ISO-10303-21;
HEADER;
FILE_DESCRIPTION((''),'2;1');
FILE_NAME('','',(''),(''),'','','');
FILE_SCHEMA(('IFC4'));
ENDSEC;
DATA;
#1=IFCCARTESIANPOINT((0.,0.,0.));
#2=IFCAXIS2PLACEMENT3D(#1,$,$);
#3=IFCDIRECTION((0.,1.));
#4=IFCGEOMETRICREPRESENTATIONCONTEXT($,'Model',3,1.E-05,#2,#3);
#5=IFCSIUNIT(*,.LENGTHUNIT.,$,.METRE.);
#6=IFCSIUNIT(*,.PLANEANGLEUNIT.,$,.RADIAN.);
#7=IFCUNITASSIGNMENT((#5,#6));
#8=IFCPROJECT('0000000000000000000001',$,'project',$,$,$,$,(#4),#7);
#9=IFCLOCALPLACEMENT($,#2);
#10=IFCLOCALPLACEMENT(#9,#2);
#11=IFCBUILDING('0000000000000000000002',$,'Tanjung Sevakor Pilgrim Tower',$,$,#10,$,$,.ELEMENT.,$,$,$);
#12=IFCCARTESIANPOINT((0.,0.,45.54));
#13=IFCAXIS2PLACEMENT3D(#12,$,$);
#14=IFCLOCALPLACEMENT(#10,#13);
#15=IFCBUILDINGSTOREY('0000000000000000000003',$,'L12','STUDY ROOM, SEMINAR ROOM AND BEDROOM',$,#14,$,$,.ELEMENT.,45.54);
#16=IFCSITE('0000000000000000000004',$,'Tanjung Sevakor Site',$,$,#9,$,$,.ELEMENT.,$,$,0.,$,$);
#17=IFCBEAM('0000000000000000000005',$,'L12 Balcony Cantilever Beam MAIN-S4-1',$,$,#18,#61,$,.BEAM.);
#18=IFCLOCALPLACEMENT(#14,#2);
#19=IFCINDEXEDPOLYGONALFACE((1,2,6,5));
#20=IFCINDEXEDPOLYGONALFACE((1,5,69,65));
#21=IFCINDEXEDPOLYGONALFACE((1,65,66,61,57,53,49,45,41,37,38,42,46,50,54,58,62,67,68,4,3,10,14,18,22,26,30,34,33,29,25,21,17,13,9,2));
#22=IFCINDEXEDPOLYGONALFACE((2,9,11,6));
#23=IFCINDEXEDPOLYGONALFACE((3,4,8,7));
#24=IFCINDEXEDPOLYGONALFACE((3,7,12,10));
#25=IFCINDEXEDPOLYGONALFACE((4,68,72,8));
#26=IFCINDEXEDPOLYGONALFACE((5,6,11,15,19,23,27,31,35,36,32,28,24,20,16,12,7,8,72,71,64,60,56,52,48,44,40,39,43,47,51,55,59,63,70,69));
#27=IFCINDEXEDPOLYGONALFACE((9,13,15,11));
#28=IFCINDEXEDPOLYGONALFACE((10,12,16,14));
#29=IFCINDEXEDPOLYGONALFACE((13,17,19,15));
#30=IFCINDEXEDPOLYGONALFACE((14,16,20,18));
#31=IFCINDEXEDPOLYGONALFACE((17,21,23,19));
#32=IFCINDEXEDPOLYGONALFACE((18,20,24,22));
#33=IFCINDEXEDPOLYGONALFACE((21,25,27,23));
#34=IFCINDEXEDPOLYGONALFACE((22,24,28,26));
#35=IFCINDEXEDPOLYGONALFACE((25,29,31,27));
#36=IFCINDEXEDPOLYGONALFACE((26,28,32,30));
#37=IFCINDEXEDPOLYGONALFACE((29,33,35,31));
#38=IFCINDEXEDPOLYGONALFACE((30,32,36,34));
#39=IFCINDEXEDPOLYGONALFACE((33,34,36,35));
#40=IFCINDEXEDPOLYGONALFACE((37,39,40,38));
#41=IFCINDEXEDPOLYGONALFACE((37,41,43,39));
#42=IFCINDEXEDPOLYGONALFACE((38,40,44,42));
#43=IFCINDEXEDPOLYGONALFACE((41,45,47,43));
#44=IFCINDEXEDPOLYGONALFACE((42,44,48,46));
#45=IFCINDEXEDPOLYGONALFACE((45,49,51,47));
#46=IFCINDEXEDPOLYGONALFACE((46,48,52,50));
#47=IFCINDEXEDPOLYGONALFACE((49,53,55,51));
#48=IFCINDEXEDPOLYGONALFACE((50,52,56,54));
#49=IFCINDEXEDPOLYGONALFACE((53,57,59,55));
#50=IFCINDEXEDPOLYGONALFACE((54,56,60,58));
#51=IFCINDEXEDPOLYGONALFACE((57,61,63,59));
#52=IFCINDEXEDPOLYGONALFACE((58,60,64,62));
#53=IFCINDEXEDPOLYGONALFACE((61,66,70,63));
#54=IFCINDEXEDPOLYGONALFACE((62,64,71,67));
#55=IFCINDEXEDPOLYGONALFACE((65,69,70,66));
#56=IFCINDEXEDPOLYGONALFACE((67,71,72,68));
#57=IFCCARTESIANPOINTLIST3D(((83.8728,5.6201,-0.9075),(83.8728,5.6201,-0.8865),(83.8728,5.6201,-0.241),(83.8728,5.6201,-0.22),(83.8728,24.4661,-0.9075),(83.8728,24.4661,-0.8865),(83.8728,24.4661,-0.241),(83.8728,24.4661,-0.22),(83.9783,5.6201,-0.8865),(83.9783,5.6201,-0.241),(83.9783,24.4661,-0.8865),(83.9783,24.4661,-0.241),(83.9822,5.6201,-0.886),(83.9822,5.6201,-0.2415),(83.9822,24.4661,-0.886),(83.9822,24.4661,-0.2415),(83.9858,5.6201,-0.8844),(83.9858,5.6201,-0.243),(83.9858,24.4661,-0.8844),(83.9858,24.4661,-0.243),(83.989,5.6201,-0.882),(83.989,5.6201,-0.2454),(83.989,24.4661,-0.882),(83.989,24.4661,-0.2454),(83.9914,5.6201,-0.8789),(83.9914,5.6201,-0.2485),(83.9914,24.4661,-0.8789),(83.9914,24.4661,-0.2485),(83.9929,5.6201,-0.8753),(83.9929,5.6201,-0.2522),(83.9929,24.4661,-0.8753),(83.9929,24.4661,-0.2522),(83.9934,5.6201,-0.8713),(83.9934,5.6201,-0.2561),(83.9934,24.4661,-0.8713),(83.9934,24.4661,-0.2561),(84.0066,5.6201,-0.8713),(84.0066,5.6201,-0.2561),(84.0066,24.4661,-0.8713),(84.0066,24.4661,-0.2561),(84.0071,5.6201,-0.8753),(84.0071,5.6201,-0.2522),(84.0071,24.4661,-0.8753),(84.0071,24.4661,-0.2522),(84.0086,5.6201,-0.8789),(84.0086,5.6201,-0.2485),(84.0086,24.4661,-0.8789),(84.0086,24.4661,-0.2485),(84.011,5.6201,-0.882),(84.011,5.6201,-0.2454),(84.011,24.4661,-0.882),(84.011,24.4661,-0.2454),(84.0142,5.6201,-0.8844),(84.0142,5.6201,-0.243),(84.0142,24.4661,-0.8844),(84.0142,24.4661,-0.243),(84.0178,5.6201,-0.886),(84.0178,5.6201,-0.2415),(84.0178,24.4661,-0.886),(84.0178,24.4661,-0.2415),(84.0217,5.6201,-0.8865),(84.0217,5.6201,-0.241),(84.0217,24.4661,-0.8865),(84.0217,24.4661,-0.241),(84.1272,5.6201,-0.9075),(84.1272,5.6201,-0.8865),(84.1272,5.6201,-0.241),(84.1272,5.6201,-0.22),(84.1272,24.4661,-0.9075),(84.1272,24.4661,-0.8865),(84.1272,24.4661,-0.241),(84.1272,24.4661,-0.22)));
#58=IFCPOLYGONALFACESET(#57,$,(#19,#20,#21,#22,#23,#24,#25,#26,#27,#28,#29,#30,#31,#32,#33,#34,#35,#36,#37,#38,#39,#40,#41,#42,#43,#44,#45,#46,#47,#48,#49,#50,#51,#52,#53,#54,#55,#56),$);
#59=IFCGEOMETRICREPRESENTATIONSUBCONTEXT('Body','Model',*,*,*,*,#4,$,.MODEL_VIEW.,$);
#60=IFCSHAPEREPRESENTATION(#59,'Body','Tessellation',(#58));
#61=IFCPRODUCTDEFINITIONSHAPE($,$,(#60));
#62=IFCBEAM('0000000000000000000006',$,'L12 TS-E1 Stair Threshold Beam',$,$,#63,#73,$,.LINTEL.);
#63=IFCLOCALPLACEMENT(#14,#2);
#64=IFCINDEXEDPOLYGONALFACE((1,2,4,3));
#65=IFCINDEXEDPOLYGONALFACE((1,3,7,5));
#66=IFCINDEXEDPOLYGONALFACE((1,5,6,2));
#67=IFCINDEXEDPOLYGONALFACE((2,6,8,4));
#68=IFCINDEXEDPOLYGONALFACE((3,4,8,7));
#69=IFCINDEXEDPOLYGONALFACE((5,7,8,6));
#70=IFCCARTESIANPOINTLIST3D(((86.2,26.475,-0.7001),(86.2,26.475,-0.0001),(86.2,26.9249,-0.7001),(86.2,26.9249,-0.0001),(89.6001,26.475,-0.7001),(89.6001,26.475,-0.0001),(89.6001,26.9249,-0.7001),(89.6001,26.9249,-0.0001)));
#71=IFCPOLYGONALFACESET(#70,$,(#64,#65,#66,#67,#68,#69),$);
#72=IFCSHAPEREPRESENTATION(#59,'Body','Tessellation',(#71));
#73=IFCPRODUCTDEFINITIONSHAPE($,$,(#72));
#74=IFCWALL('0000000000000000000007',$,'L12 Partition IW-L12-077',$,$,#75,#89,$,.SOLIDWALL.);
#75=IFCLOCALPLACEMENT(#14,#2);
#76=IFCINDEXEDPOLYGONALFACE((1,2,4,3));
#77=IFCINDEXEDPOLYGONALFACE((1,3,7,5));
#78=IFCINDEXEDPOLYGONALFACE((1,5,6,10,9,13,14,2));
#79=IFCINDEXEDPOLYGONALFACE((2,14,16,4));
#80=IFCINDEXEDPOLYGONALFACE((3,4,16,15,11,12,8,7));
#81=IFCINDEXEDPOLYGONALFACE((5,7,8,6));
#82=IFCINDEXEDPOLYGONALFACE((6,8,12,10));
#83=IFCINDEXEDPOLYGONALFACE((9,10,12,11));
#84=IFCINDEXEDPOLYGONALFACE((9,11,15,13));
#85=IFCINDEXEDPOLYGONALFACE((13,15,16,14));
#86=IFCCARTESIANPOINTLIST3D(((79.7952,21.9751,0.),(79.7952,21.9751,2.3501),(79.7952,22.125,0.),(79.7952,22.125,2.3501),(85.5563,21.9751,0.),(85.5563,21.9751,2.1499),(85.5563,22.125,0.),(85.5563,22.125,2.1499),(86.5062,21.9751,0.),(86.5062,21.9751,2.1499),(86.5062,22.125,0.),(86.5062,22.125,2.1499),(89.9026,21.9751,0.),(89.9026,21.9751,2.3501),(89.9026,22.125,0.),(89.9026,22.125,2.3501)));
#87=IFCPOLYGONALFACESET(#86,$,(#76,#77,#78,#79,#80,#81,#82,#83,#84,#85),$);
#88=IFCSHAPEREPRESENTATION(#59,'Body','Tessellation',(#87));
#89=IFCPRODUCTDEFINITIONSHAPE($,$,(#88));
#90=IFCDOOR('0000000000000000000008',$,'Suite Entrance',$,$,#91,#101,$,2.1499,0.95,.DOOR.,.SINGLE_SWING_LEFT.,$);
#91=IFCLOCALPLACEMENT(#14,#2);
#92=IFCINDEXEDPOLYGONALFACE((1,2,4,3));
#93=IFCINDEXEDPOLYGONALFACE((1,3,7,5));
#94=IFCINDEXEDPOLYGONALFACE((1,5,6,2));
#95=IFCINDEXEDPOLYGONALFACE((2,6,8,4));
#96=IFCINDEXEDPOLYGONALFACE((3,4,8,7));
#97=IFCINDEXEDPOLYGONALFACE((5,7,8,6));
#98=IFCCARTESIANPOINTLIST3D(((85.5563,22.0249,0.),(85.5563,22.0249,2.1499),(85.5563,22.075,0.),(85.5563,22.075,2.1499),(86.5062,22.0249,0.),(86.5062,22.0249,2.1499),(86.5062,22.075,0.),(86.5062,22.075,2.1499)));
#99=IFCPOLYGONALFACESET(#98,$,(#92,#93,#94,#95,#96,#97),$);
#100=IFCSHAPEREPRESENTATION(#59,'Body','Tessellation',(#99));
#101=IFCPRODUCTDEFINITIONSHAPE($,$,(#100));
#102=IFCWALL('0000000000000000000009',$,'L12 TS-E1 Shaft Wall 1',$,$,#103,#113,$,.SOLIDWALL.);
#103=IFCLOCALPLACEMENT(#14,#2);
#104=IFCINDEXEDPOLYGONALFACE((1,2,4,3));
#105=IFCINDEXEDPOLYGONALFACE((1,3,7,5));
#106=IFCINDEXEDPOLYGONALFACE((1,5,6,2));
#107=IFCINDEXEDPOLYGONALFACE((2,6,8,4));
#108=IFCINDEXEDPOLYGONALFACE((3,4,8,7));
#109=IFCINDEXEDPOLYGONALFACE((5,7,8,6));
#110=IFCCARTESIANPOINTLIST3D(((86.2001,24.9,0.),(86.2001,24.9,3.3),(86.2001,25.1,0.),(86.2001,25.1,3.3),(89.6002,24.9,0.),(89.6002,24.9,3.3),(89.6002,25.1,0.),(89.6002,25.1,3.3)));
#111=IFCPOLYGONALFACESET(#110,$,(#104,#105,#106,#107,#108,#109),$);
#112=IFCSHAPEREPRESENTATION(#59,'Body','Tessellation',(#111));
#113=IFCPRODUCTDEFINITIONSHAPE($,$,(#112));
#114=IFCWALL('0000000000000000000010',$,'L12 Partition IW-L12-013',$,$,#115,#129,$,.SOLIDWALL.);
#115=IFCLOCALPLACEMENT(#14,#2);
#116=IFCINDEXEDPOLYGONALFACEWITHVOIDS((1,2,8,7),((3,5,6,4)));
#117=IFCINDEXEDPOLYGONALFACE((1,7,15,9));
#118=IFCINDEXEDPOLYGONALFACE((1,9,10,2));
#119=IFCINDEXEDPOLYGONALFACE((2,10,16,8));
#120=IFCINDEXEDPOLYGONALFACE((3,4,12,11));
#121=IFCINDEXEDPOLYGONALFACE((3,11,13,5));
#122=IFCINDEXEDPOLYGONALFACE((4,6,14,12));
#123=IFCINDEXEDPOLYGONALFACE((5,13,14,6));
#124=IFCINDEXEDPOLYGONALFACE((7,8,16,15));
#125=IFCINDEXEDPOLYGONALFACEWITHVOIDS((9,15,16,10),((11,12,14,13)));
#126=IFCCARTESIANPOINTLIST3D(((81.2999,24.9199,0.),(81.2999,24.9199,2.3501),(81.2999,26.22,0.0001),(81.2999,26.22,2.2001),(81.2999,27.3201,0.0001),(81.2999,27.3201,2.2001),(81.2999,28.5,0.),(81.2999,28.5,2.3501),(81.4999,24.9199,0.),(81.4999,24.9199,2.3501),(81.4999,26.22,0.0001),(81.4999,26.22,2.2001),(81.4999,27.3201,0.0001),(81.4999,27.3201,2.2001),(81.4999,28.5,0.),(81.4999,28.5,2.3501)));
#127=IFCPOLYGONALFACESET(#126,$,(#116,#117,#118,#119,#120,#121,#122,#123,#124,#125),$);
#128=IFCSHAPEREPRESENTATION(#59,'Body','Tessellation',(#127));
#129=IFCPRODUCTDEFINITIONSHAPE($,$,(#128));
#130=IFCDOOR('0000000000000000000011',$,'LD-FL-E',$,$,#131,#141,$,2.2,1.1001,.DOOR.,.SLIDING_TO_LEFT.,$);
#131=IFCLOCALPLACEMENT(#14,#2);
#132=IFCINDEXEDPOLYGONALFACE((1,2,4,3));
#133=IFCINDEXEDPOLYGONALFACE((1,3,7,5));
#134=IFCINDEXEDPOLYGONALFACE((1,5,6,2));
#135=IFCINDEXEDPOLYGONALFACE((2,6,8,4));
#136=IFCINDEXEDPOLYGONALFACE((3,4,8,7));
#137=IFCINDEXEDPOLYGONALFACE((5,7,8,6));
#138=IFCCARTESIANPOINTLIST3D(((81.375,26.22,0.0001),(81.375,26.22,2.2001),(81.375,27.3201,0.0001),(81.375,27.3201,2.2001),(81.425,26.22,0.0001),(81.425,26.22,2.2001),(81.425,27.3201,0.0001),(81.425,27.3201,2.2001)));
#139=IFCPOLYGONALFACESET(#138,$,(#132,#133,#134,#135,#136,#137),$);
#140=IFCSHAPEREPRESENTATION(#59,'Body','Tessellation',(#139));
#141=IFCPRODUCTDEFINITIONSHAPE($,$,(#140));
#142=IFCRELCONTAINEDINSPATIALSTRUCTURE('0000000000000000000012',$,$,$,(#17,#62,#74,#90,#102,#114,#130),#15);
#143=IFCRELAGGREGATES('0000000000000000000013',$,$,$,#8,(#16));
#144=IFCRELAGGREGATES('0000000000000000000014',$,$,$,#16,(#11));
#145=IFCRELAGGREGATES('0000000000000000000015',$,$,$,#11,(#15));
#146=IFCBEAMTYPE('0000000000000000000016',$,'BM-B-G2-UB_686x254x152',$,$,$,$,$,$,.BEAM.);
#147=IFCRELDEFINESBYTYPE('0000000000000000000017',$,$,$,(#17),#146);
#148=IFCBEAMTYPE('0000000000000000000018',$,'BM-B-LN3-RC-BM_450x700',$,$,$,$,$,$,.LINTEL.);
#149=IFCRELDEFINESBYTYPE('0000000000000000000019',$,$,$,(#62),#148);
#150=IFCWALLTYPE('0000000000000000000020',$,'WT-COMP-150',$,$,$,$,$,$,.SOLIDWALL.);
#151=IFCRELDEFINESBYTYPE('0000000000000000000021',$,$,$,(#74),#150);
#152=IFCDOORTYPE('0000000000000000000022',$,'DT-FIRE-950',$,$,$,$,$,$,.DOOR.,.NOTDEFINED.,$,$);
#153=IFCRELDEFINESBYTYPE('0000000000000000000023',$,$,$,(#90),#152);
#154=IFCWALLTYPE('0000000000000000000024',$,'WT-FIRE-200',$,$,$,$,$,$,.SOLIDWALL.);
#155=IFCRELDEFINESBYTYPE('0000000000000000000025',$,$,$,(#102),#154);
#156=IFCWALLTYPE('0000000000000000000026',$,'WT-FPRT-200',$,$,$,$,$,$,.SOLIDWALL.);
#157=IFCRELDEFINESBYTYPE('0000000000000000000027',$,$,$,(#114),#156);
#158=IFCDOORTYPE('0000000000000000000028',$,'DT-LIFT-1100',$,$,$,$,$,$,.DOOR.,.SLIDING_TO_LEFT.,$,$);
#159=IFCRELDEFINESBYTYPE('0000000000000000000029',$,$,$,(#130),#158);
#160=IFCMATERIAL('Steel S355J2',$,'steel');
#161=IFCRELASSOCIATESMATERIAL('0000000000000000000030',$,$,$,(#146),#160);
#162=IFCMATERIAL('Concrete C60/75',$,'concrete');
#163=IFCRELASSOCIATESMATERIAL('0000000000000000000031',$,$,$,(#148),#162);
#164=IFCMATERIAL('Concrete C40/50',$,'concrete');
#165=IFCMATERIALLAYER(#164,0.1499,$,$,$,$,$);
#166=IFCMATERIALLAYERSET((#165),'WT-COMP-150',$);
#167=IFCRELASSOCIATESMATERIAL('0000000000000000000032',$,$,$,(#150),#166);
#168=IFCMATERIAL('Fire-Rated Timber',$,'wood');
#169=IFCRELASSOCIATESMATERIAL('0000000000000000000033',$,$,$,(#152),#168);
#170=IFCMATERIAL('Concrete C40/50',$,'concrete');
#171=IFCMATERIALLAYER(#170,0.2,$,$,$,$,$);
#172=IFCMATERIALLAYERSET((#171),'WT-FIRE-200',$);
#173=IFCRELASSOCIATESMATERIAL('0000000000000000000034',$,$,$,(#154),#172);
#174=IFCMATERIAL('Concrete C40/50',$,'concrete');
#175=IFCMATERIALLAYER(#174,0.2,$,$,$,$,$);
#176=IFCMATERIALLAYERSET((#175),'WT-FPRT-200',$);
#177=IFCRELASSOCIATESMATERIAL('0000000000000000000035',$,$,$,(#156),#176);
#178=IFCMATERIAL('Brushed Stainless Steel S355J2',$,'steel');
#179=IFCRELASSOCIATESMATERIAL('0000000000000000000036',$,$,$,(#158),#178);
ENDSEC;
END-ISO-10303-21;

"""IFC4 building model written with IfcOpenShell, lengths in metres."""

from ifc_helpers import new_model, si_unit, direction, frame, frame_2d, origin, origin_2d, place, context, subcontext, project, spatial, rectangle, i_section, extrude, material, layer, layer_set, material_profile, profile_set, type_object, element, fill, save


model = new_model("IFC4")

# Units and contexts
model_context = context("Model", 3, precision=1e-05, world=origin(), true_north=direction((0.0, 1.0)))
body_context = subcontext(model_context, "Body", "Model", "MODEL_VIEW")
ifc_project = project(units=[si_unit("LENGTHUNIT", "METRE"), si_unit("PLANEANGLEUNIT", "RADIAN")], contexts=[model_context])

# Site, building, storey
site_placement = place(None, origin())
site = spatial("IfcSite", under=ifc_project, at=site_placement, Name="Tanjung Sevakor Site", CompositionType="ELEMENT", RefElevation=0.0)
building_placement = place(site_placement, origin())
building = spatial("IfcBuilding", under=site, at=building_placement, Name="Tanjung Sevakor Pilgrim Tower", CompositionType="ELEMENT")
storey_placement = place(building_placement, frame((0.0, 0.0, 45.54)))
storey = spatial("IfcBuildingStorey", under=building, at=storey_placement, Name="L12", Description="STUDY ROOM, SEMINAR ROOM AND BEDROOM", CompositionType="ELEMENT", Elevation=45.54)

# Beams
ifc_material_1 = material(Name="Steel S355J2", Category="steel")
ifc_material_profile_1 = material_profile(ifc_material_1, i_section(OverallWidth=0.2544, OverallDepth=0.6875, WebThickness=0.0132, FlangeThickness=0.021, FilletRadius=0.0151, at=origin_2d()))
ifc_profile_set_1 = profile_set([ifc_material_profile_1], Name="Steel S355J2")
beam_type_1 = type_object("IfcBeamType", Name="BM-B-G2-UB_686x254x152", PredefinedType="BEAM", material=ifc_profile_set_1)
beam_1_placement = place(storey_placement, frame((84.0, 24.4661, -0.5637), z_axis=(0.0, -1.0, 0.0), x_axis=(1.0, 0.0, 0.0)))
element("IfcBeam", 1, at=beam_1_placement, inside=storey, type_object=beam_type_1, Name="L12 Balcony Cantilever Beam MAIN-S4-1", PredefinedType="BEAM", context=body_context, shape_type="SweptSolid", body=[
    extrude(i_section(OverallWidth=0.2544, OverallDepth=0.6875, WebThickness=0.0132, FlangeThickness=0.021, FilletRadius=0.0151, at=origin_2d()), origin(), (0.0, 0.0, 1.0), 18.8459),
])
ifc_material_2 = material(Name="Concrete C60/75", Category="concrete")
ifc_material_profile_2 = material_profile(ifc_material_2, rectangle(XDim=0.45, YDim=0.7, at=origin_2d()))
ifc_profile_set_2 = profile_set([ifc_material_profile_2], Name="Concrete C60/75")
beam_type_2 = type_object("IfcBeamType", Name="BM-B-LN3-RC-BM_450x700", PredefinedType="LINTEL", material=ifc_profile_set_2)
beam_2_placement = place(storey_placement, frame((86.2, 26.7, -0.3501), z_axis=(1.0, 0.0, 0.0), x_axis=(0.0, 1.0, 0.0)))
element("IfcBeam", 2, at=beam_2_placement, inside=storey, type_object=beam_type_2, Name="L12 TS-E1 Stair Threshold Beam", PredefinedType="LINTEL", context=body_context, shape_type="SweptSolid", body=[
    extrude(rectangle(XDim=0.45, YDim=0.7, at=origin_2d()), origin(), (0.0, 0.0, 1.0), 3.4001),
])

# Wall, opening, door
ifc_material_3 = material(Name="Concrete C40/50", Category="concrete")
ifc_layer_1 = layer(ifc_material_3, 0.1499)
ifc_layer_set_1 = layer_set([ifc_layer_1], Name="WT-COMP-150")
wall_type_1 = type_object("IfcWallType", Name="WT-COMP-150", PredefinedType="SOLIDWALL", material=ifc_layer_set_1)
ifc_material_4 = material(Name="Fire-Rated Timber", Category="wood")
door_type_1 = type_object("IfcDoorType", Name="DT-FIRE-950", OperationType="NOTDEFINED", PredefinedType="DOOR", material=ifc_material_4)
wall_1_placement = place(storey_placement, frame((79.7952, 22.05, 0.0), z_axis=(0.0, 0.0, 1.0), x_axis=(1.0, 0.0, 0.0)))
wall_1 = element("IfcWall", 3, at=wall_1_placement, inside=storey, type_object=wall_type_1, Name="L12 Partition IW-L12-077", PredefinedType="SOLIDWALL", context=body_context, shape_type="SweptSolid", body=[
    extrude(rectangle(XDim=10.1074, YDim=0.1499, at=frame_2d((5.0537, 0.0))), origin(), (0.0, 0.0, 1.0), 2.3501),
])
opening_1_placement = place(wall_1_placement, frame((5.761, 0.0, 0.0)))
opening_1 = element("IfcOpeningElement", 4, at=opening_1_placement, cuts=wall_1, PredefinedType="OPENING", context=body_context, shape_type="SweptSolid", body=[
    extrude(rectangle(XDim=0.95, YDim=2.1499, at=frame_2d((0.4751, 1.075))), frame((0.0, 0.085, 0.0), z_axis=(0.0, -1.0, 0.0), x_axis=(1.0, 0.0, 0.0)), (0.0, 0.0, 1.0), 0.1699),
])
door_1_placement = place(opening_1_placement, origin())
door_1 = element("IfcDoor", 5, at=door_1_placement, inside=storey, type_object=door_type_1, Name="Suite Entrance", OperationType="SINGLE_SWING_LEFT", OverallHeight=2.1499, OverallWidth=0.95, PredefinedType="DOOR", context=body_context, shape_type="SweptSolid", body=[
    extrude(rectangle(XDim=0.95, YDim=2.1499, at=frame_2d((0.4751, 1.075))), frame((0.0, 0.0249, 0.0), z_axis=(0.0, -1.0, 0.0), x_axis=(1.0, 0.0, 0.0)), (0.0, 0.0, 1.0), 0.05),
])
fill(opening_1, door_1)

# Wall
ifc_material_5 = material(Name="Concrete C40/50", Category="concrete")
ifc_layer_2 = layer(ifc_material_5, 0.2)
ifc_layer_set_2 = layer_set([ifc_layer_2], Name="WT-FIRE-200")
wall_type_2 = type_object("IfcWallType", Name="WT-FIRE-200", PredefinedType="SOLIDWALL", material=ifc_layer_set_2)
wall_2_placement = place(storey_placement, frame((86.2, 25.0, 0.0), z_axis=(0.0, 0.0, 1.0), x_axis=(1.0, 0.0, 0.0)))
element("IfcWall", 6, at=wall_2_placement, inside=storey, type_object=wall_type_2, Name="L12 TS-E1 Shaft Wall 1", PredefinedType="SOLIDWALL", context=body_context, shape_type="SweptSolid", body=[
    extrude(rectangle(XDim=3.4001, YDim=0.2, at=frame_2d((1.7002, 0.0))), origin(), (0.0, 0.0, 1.0), 3.3),
])

# Wall, opening, door
ifc_material_6 = material(Name="Concrete C40/50", Category="concrete")
ifc_layer_3 = layer(ifc_material_6, 0.2)
ifc_layer_set_3 = layer_set([ifc_layer_3], Name="WT-FPRT-200")
wall_type_3 = type_object("IfcWallType", Name="WT-FPRT-200", PredefinedType="SOLIDWALL", material=ifc_layer_set_3)
wall_3_placement = place(storey_placement, frame((81.3999, 24.9199, 0.0), z_axis=(0.0, 0.0, 1.0), x_axis=(0.0, 1.0, 0.0)))
wall_3 = element("IfcWall", 7, at=wall_3_placement, inside=storey, type_object=wall_type_3, Name="L12 Partition IW-L12-013", PredefinedType="SOLIDWALL", context=body_context, shape_type="SweptSolid", body=[
    extrude(rectangle(XDim=3.5801, YDim=0.2, at=frame_2d((1.79, 0.0))), origin(), (0.0, 0.0, 1.0), 2.3501),
])
opening_2_placement = place(wall_3_placement, frame((1.3, 0.0, 0.0)))
opening_2 = element("IfcOpeningElement", 8, at=opening_2_placement, cuts=wall_3, PredefinedType="OPENING", context=body_context, shape_type="SweptSolid", body=[
    extrude(rectangle(XDim=1.1001, YDim=2.2, at=frame_2d((0.55, 1.1001))), frame((0.0, 0.1099, 0.0), z_axis=(0.0, -1.0, 0.0), x_axis=(1.0, 0.0, 0.0)), (0.0, 0.0, 1.0), 0.22),
])
ifc_material_7 = material(Name="Brushed Stainless Steel S355J2", Category="steel")
door_type_2 = type_object("IfcDoorType", Name="DT-LIFT-1100", OperationType="SLIDING_TO_LEFT", PredefinedType="DOOR", material=ifc_material_7)
door_2_placement = place(opening_2_placement, origin())
door_2 = element("IfcDoor", 9, at=door_2_placement, inside=storey, type_object=door_type_2, Name="LD-FL-E", OperationType="SLIDING_TO_LEFT", OverallHeight=2.2, OverallWidth=1.1001, PredefinedType="DOOR", context=body_context, shape_type="SweptSolid", body=[
    extrude(rectangle(XDim=1.1001, YDim=2.2, at=frame_2d((0.55, 1.1001))), frame((0.0, 0.0249, 0.0), z_axis=(0.0, -1.0, 0.0), x_axis=(1.0, 0.0, 0.0)), (0.0, 0.0, 1.0), 0.05),
])
fill(opening_2, door_2)

save(model, "model.ifc")
